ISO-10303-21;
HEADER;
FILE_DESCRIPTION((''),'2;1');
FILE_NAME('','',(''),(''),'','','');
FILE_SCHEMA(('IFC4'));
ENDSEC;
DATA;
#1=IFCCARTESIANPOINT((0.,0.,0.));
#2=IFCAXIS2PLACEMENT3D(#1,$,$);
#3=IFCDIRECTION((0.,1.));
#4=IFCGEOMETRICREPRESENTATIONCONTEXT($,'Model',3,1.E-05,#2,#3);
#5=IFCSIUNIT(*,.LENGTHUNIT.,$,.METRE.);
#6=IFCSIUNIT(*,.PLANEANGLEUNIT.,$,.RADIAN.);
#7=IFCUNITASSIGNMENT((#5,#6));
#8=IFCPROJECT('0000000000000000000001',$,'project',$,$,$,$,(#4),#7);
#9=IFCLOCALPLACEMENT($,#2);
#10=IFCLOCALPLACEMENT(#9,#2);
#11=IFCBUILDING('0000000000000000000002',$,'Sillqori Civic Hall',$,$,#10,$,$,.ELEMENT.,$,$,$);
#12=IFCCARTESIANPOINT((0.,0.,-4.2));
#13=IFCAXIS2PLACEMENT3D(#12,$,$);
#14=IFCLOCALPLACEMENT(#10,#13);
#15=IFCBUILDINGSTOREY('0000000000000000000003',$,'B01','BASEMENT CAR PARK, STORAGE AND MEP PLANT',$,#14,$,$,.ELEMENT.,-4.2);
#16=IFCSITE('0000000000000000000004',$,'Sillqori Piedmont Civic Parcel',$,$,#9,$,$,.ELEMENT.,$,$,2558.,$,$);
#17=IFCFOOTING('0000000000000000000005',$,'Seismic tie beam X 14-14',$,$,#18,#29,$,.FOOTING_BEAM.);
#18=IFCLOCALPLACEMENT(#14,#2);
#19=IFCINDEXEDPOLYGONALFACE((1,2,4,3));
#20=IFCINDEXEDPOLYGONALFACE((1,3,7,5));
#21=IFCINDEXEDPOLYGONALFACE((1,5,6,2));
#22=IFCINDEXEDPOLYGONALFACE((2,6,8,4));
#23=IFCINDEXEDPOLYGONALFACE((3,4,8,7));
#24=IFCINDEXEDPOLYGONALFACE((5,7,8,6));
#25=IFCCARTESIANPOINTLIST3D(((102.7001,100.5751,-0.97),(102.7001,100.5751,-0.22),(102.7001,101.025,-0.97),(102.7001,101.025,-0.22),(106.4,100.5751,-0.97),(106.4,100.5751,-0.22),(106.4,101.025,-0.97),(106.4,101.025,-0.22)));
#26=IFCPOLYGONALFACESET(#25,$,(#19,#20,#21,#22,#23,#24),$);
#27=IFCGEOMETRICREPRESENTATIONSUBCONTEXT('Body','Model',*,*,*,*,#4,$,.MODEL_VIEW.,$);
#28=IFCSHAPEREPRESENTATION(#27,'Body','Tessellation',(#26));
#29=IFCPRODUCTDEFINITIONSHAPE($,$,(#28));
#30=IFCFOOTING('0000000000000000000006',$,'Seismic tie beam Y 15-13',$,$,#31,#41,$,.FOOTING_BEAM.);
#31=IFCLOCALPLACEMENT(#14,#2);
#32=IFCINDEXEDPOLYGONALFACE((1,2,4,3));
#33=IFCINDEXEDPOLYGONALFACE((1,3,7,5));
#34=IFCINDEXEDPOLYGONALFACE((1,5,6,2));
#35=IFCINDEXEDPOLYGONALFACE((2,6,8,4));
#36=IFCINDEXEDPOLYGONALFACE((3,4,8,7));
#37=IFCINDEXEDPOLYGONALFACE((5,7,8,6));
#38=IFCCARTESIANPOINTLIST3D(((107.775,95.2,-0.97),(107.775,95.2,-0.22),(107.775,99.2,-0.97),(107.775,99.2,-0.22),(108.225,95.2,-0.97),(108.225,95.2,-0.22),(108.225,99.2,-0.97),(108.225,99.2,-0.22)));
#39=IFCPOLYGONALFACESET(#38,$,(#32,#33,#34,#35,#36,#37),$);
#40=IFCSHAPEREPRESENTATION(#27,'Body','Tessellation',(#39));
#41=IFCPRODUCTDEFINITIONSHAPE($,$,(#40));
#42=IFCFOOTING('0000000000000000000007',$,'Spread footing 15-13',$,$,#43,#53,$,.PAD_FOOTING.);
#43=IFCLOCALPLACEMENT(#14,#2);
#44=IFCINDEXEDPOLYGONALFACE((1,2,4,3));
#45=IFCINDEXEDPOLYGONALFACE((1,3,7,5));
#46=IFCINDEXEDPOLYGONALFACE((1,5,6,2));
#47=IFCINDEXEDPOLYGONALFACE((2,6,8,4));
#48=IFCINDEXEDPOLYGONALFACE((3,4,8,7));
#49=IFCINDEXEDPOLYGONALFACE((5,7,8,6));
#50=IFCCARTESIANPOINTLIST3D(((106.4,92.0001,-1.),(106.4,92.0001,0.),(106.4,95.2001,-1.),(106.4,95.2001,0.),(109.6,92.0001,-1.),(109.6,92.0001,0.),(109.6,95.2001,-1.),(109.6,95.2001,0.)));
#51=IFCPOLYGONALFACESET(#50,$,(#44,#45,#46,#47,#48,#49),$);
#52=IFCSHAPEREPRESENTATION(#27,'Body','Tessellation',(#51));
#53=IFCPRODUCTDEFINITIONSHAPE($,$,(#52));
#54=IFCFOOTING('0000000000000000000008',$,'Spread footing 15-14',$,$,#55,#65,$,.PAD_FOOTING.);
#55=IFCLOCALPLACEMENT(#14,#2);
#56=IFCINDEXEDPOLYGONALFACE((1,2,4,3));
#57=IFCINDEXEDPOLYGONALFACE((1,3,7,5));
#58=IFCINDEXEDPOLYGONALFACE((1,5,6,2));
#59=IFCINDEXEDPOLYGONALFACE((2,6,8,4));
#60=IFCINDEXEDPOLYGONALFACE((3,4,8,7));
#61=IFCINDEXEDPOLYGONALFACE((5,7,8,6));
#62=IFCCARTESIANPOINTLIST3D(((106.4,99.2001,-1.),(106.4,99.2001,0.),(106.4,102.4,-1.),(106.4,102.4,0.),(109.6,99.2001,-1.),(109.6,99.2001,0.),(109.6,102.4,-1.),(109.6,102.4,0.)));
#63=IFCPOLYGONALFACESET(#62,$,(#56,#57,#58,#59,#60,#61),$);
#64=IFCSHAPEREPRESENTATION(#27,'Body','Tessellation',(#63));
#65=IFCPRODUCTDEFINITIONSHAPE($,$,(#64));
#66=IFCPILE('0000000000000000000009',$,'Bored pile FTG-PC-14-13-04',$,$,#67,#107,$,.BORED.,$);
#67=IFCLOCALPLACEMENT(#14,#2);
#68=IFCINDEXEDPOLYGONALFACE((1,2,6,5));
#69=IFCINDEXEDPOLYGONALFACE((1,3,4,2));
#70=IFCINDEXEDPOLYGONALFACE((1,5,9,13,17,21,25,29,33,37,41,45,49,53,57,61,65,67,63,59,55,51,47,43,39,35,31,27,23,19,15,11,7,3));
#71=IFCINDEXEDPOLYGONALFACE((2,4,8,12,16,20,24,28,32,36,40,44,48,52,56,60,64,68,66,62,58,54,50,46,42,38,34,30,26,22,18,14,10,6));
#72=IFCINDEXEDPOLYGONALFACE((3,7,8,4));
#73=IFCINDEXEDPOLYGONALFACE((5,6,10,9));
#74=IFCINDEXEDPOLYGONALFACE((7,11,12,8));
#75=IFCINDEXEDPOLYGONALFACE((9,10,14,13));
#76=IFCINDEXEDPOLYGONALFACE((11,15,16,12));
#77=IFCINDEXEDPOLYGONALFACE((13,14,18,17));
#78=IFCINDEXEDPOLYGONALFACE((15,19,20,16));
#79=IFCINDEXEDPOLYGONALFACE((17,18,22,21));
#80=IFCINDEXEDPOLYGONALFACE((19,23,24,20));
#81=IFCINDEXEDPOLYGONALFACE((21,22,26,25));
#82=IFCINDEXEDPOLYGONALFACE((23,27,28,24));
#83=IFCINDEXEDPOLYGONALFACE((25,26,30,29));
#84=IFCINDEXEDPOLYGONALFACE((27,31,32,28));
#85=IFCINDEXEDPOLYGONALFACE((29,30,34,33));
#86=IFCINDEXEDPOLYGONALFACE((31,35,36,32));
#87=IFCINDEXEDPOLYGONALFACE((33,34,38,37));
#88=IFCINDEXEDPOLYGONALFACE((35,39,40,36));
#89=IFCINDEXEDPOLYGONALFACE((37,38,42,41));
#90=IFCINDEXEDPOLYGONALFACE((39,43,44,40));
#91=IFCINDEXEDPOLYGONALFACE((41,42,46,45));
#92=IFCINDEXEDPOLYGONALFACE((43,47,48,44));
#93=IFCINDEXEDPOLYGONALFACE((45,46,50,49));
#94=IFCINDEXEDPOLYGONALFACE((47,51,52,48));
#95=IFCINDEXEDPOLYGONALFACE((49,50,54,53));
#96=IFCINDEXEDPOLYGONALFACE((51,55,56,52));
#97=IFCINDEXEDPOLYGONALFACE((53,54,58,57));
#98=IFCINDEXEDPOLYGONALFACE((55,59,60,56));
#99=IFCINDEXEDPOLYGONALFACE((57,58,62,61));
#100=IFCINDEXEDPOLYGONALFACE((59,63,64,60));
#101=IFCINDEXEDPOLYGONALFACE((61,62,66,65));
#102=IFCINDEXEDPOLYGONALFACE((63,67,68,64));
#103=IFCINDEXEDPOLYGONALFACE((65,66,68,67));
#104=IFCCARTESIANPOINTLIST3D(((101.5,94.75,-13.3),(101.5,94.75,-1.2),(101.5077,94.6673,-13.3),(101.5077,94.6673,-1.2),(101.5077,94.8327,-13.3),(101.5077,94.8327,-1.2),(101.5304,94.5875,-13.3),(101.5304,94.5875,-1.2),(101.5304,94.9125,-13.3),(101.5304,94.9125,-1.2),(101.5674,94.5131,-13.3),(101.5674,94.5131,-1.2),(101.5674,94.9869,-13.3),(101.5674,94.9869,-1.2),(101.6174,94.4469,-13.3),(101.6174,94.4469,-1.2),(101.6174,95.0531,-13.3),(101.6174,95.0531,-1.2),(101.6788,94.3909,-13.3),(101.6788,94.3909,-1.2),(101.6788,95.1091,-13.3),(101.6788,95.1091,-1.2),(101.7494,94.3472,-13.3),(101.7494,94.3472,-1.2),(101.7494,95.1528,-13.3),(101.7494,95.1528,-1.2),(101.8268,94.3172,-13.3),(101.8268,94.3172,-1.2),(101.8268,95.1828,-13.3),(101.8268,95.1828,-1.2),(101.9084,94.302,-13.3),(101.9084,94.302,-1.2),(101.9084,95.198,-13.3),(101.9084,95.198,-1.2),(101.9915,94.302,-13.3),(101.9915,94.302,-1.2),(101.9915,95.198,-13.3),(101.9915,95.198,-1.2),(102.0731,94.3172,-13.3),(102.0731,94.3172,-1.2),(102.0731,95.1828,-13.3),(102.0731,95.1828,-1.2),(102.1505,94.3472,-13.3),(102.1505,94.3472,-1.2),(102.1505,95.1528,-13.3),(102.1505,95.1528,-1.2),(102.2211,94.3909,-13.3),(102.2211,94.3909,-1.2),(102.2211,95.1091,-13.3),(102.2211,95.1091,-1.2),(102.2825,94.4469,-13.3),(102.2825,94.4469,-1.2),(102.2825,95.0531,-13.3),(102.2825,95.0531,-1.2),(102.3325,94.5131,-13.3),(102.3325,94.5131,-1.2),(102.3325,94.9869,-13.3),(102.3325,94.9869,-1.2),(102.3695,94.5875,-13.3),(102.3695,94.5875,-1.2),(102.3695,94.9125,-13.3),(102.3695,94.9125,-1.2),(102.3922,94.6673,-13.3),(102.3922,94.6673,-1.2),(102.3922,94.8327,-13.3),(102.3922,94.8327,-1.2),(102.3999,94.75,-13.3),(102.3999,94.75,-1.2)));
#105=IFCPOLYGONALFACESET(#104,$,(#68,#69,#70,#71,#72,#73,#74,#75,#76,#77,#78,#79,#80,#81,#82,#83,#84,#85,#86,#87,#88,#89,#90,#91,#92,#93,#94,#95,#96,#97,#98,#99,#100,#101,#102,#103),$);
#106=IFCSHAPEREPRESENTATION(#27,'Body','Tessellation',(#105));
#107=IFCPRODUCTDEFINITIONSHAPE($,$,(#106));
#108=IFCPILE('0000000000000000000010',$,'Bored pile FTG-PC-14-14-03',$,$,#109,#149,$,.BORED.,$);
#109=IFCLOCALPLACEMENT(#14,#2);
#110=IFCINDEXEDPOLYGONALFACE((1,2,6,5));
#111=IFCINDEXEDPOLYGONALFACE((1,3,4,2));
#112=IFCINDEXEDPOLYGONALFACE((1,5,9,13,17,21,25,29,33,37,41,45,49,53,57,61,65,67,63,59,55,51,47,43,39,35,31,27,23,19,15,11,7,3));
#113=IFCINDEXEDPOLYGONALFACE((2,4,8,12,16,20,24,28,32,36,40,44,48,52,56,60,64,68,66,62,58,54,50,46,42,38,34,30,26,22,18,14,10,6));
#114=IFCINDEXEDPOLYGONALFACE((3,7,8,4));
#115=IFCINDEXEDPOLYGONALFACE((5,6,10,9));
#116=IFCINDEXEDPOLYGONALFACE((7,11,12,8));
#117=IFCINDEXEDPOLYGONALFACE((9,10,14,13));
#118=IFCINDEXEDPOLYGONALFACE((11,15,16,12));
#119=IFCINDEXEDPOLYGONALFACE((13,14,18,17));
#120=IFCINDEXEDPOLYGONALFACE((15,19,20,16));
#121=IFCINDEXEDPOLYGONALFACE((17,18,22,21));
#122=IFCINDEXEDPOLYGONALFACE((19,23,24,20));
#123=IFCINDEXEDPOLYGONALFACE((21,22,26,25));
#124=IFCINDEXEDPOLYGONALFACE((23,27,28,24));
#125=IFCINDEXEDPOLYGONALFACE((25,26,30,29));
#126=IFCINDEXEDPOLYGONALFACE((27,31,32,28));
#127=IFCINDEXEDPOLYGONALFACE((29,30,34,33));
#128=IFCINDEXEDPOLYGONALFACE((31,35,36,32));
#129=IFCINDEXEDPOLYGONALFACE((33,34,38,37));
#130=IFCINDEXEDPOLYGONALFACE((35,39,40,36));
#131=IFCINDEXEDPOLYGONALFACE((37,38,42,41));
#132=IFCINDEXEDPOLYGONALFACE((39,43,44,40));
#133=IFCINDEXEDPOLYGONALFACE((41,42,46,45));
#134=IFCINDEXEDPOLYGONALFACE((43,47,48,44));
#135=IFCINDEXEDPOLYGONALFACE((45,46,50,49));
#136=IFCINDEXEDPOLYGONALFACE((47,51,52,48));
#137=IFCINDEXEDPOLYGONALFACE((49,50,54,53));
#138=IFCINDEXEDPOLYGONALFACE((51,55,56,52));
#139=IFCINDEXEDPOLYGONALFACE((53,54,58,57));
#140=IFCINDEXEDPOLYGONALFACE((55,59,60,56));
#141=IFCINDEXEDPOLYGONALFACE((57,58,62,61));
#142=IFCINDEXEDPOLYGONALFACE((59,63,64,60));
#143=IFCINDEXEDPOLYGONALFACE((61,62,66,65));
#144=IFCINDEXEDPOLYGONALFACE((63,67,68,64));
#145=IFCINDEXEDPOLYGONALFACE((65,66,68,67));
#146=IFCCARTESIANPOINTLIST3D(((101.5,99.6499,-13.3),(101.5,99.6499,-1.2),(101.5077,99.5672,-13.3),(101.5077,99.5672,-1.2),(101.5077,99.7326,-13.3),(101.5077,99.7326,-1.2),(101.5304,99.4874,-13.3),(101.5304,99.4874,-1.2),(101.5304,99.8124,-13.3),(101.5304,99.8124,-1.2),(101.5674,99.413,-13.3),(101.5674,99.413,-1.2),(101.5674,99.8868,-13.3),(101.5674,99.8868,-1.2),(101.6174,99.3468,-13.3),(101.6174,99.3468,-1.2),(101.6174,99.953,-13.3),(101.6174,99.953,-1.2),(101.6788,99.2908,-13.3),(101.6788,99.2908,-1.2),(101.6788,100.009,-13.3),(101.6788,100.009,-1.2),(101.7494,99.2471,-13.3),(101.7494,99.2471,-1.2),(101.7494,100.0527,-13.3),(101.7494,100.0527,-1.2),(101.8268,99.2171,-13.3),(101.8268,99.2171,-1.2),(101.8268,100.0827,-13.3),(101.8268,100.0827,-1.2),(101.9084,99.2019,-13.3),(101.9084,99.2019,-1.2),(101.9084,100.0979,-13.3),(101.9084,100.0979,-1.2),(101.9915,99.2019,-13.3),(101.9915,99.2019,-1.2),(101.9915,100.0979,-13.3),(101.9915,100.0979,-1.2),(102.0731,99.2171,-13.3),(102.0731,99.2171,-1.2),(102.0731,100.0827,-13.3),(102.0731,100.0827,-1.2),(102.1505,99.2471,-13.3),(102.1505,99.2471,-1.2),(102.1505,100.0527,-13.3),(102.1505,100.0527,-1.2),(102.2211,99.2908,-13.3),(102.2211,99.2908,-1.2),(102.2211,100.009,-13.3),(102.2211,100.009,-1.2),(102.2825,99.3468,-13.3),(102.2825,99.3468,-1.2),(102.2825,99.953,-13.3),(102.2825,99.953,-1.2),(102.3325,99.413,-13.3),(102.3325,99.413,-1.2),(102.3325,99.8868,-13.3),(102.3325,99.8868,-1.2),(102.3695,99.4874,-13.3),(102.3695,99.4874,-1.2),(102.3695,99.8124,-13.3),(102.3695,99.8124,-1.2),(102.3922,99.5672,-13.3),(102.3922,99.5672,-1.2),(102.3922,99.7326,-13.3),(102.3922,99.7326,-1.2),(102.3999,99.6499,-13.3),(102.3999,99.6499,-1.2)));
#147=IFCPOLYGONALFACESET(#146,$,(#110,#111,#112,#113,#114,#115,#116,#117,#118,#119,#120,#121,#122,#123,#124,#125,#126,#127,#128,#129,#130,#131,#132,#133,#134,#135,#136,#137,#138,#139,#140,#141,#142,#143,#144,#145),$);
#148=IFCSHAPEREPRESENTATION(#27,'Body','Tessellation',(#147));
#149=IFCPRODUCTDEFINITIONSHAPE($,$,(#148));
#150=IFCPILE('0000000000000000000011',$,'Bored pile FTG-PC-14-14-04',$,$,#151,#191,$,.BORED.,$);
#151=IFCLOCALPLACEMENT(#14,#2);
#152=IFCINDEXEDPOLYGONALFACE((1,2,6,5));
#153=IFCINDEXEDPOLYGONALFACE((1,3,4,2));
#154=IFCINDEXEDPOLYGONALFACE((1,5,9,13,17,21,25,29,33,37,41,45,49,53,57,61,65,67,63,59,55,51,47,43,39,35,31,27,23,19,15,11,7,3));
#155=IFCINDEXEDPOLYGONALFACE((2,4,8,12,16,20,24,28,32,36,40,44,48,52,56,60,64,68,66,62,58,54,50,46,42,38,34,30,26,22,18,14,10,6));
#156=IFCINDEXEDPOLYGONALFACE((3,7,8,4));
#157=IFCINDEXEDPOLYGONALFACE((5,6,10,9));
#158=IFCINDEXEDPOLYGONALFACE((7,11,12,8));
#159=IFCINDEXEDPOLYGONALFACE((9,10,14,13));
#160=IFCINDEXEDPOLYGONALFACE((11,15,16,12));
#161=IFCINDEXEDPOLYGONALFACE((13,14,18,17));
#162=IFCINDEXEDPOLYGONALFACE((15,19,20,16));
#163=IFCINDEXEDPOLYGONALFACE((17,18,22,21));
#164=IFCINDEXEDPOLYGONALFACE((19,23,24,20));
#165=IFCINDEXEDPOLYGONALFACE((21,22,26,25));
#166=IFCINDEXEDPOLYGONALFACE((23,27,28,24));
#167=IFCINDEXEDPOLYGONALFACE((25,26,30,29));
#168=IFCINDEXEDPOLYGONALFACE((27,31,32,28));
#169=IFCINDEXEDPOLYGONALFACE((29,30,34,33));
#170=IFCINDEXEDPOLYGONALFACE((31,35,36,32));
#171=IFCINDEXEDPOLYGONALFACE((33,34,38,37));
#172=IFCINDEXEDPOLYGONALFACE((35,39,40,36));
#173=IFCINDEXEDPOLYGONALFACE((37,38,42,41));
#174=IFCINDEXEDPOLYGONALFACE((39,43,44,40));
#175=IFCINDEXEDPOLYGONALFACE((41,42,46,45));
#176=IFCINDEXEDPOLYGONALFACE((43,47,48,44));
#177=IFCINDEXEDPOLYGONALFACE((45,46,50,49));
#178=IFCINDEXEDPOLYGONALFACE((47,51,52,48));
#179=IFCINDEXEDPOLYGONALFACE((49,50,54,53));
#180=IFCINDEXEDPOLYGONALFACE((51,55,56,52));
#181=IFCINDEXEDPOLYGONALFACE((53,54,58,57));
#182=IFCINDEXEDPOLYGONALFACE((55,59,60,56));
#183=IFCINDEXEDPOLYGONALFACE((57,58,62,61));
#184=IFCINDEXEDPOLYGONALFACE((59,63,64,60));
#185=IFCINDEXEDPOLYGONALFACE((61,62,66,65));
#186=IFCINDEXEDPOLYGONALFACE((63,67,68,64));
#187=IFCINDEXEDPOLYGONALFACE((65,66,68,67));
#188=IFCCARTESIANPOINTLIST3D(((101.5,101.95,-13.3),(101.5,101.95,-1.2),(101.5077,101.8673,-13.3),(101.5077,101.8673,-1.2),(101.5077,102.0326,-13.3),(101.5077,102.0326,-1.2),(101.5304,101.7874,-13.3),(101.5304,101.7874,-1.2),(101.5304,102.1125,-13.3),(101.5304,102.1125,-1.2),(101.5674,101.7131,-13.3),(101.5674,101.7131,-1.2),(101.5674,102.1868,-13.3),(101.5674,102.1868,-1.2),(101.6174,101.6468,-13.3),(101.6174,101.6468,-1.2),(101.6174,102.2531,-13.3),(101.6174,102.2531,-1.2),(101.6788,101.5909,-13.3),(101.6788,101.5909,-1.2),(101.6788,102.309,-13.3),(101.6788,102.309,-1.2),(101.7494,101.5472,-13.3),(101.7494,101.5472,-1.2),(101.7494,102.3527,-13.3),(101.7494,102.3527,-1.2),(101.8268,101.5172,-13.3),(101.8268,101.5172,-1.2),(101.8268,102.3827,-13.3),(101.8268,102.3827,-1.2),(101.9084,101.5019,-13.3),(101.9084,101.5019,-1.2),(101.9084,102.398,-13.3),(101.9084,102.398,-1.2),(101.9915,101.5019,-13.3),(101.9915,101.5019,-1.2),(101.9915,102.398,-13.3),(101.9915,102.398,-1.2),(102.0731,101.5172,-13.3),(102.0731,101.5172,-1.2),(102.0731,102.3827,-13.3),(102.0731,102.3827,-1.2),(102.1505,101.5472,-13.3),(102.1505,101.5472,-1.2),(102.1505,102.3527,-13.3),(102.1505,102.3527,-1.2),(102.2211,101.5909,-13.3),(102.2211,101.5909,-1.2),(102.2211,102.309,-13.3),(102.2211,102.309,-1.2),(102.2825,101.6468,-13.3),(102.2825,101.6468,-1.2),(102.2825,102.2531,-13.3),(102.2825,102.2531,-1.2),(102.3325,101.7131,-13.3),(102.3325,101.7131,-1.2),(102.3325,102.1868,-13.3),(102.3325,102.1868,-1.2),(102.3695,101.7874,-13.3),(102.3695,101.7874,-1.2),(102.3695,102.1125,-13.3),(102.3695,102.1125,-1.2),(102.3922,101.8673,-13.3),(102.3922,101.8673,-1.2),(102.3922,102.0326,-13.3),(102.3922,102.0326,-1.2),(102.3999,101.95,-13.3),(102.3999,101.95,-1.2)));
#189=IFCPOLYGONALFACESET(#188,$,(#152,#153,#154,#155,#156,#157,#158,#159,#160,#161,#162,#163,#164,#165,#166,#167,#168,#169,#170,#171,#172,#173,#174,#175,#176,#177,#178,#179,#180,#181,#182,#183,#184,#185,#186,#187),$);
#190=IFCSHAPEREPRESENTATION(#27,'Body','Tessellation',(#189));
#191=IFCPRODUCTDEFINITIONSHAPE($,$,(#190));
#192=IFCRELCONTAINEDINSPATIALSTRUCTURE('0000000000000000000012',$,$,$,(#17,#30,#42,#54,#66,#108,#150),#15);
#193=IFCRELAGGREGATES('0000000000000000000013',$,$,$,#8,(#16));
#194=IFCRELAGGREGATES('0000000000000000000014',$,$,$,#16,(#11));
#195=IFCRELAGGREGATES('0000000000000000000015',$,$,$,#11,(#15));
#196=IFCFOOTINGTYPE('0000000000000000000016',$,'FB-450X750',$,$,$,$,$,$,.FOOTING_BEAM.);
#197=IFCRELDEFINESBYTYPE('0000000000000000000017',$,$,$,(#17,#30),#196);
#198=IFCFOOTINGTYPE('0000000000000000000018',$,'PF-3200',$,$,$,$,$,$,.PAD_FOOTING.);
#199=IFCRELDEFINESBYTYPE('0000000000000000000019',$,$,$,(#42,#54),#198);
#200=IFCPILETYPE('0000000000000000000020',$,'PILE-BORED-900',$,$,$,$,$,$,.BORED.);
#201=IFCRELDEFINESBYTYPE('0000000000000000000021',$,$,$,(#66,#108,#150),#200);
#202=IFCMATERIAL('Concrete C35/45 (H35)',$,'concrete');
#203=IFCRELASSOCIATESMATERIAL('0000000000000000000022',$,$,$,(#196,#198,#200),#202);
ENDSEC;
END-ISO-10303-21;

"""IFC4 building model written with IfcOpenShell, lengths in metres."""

from ifc_helpers import new_model, si_unit, direction, frame, origin, origin_2d, place, context, subcontext, project, spatial, rectangle, circle, extrude, material, material_profile, profile_set, type_object, element, save


model = new_model("IFC4")

# Units and contexts
model_context = context("Model", 3, precision=1e-05, world=origin(), true_north=direction((0.0, 1.0)))
body_context = subcontext(model_context, "Body", "Model", "MODEL_VIEW")
ifc_project = project(units=[si_unit("LENGTHUNIT", "METRE"), si_unit("PLANEANGLEUNIT", "RADIAN")], contexts=[model_context])

# Site, building, storey
site_placement = place(None, origin())
site = spatial("IfcSite", under=ifc_project, at=site_placement, Name="Sillqori Piedmont Civic Parcel", CompositionType="ELEMENT", RefElevation=2558.0)
building_placement = place(site_placement, origin())
building = spatial("IfcBuilding", under=site, at=building_placement, Name="Sillqori Civic Hall", CompositionType="ELEMENT")
storey_placement = place(building_placement, frame((0.0, 0.0, -4.2)))
storey = spatial("IfcBuildingStorey", under=building, at=storey_placement, Name="B01", Description="BASEMENT CAR PARK, STORAGE AND MEP PLANT", CompositionType="ELEMENT", Elevation=-4.2)

# Footings
ifc_material_1 = material(Name="Concrete C35/45 (H35)", Category="concrete")
footing_type_1 = type_object("IfcFootingType", Name="FB-450X750", PredefinedType="FOOTING_BEAM", material=ifc_material_1)
footing_1_placement = place(storey_placement, frame((104.55, 100.8, -0.97), z_axis=(0.0, 0.0, 1.0), x_axis=(1.0, 0.0, 0.0)))
element("IfcFooting", 1, at=footing_1_placement, inside=storey, type_object=footing_type_1, Name="Seismic tie beam X 14-14", PredefinedType="FOOTING_BEAM", context=body_context, shape_type="SweptSolid", body=[
    extrude(rectangle(XDim=3.7, YDim=0.45, at=origin_2d()), origin(), (0.0, 0.0, 1.0), 0.75),
])
footing_2_placement = place(storey_placement, frame((108.0, 97.2, -0.97), z_axis=(0.0, 0.0, 1.0), x_axis=(1.0, 0.0, 0.0)))
element("IfcFooting", 2, at=footing_2_placement, inside=storey, type_object=footing_type_1, Name="Seismic tie beam Y 15-13", PredefinedType="FOOTING_BEAM", context=body_context, shape_type="SweptSolid", body=[
    extrude(rectangle(XDim=0.45, YDim=4.0, at=origin_2d()), origin(), (0.0, 0.0, 1.0), 0.75),
])
footing_type_2 = type_object("IfcFootingType", Name="PF-3200", PredefinedType="PAD_FOOTING", material=ifc_material_1)
for number, where, z_axis, x_axis, name in (
    (3, (108.0, 93.6001, -1.0), (0.0, 0.0, 1.0), (1.0, 0.0, 0.0), "Spread footing 15-13"),
    (4, (108.0, 100.8, -1.0), (0.0, 0.0, 1.0), (1.0, 0.0, 0.0), "Spread footing 15-14"),
):
    element("IfcFooting", number, at=place(storey_placement, frame(where, z_axis=z_axis, x_axis=x_axis)), inside=storey, type_object=footing_type_2, Name=name, PredefinedType="PAD_FOOTING", context=body_context, shape_type="SweptSolid", body=[
        extrude(rectangle(XDim=3.2, YDim=3.2, at=origin_2d()), origin(), (0.0, 0.0, 1.0), 1.0),
    ])

# Piles
ifc_material_profile_1 = material_profile(ifc_material_1, circle(Radius=0.45, at=origin_2d()), Name="BORED PILE 900")
ifc_profile_set_1 = profile_set([ifc_material_profile_1], Name="Concrete C35/45 (H35)")
pile_type = type_object("IfcPileType", Name="PILE-BORED-900", PredefinedType="BORED", material=ifc_profile_set_1)
for number, where, z_axis, x_axis, name in (
    (5, (101.95, 94.75, -1.2), (0.0, 0.0, -1.0), (1.0, 0.0, 0.0), "Bored pile FTG-PC-14-13-04"),
    (6, (101.95, 99.6499, -1.2), (0.0, 0.0, -1.0), (1.0, 0.0, 0.0), "Bored pile FTG-PC-14-14-03"),
    (7, (101.95, 101.95, -1.2), (0.0, 0.0, -1.0), (1.0, 0.0, 0.0), "Bored pile FTG-PC-14-14-04"),
):
    element("IfcPile", number, at=place(storey_placement, frame(where, z_axis=z_axis, x_axis=x_axis)), inside=storey, type_object=pile_type, Name=name, PredefinedType="BORED", context=body_context, shape_type="SweptSolid", body=[
        extrude(circle(Radius=0.45, at=origin_2d()), origin(), (0.0, 0.0, 1.0), 12.1001),
    ])

save(model, "model.ifc")
